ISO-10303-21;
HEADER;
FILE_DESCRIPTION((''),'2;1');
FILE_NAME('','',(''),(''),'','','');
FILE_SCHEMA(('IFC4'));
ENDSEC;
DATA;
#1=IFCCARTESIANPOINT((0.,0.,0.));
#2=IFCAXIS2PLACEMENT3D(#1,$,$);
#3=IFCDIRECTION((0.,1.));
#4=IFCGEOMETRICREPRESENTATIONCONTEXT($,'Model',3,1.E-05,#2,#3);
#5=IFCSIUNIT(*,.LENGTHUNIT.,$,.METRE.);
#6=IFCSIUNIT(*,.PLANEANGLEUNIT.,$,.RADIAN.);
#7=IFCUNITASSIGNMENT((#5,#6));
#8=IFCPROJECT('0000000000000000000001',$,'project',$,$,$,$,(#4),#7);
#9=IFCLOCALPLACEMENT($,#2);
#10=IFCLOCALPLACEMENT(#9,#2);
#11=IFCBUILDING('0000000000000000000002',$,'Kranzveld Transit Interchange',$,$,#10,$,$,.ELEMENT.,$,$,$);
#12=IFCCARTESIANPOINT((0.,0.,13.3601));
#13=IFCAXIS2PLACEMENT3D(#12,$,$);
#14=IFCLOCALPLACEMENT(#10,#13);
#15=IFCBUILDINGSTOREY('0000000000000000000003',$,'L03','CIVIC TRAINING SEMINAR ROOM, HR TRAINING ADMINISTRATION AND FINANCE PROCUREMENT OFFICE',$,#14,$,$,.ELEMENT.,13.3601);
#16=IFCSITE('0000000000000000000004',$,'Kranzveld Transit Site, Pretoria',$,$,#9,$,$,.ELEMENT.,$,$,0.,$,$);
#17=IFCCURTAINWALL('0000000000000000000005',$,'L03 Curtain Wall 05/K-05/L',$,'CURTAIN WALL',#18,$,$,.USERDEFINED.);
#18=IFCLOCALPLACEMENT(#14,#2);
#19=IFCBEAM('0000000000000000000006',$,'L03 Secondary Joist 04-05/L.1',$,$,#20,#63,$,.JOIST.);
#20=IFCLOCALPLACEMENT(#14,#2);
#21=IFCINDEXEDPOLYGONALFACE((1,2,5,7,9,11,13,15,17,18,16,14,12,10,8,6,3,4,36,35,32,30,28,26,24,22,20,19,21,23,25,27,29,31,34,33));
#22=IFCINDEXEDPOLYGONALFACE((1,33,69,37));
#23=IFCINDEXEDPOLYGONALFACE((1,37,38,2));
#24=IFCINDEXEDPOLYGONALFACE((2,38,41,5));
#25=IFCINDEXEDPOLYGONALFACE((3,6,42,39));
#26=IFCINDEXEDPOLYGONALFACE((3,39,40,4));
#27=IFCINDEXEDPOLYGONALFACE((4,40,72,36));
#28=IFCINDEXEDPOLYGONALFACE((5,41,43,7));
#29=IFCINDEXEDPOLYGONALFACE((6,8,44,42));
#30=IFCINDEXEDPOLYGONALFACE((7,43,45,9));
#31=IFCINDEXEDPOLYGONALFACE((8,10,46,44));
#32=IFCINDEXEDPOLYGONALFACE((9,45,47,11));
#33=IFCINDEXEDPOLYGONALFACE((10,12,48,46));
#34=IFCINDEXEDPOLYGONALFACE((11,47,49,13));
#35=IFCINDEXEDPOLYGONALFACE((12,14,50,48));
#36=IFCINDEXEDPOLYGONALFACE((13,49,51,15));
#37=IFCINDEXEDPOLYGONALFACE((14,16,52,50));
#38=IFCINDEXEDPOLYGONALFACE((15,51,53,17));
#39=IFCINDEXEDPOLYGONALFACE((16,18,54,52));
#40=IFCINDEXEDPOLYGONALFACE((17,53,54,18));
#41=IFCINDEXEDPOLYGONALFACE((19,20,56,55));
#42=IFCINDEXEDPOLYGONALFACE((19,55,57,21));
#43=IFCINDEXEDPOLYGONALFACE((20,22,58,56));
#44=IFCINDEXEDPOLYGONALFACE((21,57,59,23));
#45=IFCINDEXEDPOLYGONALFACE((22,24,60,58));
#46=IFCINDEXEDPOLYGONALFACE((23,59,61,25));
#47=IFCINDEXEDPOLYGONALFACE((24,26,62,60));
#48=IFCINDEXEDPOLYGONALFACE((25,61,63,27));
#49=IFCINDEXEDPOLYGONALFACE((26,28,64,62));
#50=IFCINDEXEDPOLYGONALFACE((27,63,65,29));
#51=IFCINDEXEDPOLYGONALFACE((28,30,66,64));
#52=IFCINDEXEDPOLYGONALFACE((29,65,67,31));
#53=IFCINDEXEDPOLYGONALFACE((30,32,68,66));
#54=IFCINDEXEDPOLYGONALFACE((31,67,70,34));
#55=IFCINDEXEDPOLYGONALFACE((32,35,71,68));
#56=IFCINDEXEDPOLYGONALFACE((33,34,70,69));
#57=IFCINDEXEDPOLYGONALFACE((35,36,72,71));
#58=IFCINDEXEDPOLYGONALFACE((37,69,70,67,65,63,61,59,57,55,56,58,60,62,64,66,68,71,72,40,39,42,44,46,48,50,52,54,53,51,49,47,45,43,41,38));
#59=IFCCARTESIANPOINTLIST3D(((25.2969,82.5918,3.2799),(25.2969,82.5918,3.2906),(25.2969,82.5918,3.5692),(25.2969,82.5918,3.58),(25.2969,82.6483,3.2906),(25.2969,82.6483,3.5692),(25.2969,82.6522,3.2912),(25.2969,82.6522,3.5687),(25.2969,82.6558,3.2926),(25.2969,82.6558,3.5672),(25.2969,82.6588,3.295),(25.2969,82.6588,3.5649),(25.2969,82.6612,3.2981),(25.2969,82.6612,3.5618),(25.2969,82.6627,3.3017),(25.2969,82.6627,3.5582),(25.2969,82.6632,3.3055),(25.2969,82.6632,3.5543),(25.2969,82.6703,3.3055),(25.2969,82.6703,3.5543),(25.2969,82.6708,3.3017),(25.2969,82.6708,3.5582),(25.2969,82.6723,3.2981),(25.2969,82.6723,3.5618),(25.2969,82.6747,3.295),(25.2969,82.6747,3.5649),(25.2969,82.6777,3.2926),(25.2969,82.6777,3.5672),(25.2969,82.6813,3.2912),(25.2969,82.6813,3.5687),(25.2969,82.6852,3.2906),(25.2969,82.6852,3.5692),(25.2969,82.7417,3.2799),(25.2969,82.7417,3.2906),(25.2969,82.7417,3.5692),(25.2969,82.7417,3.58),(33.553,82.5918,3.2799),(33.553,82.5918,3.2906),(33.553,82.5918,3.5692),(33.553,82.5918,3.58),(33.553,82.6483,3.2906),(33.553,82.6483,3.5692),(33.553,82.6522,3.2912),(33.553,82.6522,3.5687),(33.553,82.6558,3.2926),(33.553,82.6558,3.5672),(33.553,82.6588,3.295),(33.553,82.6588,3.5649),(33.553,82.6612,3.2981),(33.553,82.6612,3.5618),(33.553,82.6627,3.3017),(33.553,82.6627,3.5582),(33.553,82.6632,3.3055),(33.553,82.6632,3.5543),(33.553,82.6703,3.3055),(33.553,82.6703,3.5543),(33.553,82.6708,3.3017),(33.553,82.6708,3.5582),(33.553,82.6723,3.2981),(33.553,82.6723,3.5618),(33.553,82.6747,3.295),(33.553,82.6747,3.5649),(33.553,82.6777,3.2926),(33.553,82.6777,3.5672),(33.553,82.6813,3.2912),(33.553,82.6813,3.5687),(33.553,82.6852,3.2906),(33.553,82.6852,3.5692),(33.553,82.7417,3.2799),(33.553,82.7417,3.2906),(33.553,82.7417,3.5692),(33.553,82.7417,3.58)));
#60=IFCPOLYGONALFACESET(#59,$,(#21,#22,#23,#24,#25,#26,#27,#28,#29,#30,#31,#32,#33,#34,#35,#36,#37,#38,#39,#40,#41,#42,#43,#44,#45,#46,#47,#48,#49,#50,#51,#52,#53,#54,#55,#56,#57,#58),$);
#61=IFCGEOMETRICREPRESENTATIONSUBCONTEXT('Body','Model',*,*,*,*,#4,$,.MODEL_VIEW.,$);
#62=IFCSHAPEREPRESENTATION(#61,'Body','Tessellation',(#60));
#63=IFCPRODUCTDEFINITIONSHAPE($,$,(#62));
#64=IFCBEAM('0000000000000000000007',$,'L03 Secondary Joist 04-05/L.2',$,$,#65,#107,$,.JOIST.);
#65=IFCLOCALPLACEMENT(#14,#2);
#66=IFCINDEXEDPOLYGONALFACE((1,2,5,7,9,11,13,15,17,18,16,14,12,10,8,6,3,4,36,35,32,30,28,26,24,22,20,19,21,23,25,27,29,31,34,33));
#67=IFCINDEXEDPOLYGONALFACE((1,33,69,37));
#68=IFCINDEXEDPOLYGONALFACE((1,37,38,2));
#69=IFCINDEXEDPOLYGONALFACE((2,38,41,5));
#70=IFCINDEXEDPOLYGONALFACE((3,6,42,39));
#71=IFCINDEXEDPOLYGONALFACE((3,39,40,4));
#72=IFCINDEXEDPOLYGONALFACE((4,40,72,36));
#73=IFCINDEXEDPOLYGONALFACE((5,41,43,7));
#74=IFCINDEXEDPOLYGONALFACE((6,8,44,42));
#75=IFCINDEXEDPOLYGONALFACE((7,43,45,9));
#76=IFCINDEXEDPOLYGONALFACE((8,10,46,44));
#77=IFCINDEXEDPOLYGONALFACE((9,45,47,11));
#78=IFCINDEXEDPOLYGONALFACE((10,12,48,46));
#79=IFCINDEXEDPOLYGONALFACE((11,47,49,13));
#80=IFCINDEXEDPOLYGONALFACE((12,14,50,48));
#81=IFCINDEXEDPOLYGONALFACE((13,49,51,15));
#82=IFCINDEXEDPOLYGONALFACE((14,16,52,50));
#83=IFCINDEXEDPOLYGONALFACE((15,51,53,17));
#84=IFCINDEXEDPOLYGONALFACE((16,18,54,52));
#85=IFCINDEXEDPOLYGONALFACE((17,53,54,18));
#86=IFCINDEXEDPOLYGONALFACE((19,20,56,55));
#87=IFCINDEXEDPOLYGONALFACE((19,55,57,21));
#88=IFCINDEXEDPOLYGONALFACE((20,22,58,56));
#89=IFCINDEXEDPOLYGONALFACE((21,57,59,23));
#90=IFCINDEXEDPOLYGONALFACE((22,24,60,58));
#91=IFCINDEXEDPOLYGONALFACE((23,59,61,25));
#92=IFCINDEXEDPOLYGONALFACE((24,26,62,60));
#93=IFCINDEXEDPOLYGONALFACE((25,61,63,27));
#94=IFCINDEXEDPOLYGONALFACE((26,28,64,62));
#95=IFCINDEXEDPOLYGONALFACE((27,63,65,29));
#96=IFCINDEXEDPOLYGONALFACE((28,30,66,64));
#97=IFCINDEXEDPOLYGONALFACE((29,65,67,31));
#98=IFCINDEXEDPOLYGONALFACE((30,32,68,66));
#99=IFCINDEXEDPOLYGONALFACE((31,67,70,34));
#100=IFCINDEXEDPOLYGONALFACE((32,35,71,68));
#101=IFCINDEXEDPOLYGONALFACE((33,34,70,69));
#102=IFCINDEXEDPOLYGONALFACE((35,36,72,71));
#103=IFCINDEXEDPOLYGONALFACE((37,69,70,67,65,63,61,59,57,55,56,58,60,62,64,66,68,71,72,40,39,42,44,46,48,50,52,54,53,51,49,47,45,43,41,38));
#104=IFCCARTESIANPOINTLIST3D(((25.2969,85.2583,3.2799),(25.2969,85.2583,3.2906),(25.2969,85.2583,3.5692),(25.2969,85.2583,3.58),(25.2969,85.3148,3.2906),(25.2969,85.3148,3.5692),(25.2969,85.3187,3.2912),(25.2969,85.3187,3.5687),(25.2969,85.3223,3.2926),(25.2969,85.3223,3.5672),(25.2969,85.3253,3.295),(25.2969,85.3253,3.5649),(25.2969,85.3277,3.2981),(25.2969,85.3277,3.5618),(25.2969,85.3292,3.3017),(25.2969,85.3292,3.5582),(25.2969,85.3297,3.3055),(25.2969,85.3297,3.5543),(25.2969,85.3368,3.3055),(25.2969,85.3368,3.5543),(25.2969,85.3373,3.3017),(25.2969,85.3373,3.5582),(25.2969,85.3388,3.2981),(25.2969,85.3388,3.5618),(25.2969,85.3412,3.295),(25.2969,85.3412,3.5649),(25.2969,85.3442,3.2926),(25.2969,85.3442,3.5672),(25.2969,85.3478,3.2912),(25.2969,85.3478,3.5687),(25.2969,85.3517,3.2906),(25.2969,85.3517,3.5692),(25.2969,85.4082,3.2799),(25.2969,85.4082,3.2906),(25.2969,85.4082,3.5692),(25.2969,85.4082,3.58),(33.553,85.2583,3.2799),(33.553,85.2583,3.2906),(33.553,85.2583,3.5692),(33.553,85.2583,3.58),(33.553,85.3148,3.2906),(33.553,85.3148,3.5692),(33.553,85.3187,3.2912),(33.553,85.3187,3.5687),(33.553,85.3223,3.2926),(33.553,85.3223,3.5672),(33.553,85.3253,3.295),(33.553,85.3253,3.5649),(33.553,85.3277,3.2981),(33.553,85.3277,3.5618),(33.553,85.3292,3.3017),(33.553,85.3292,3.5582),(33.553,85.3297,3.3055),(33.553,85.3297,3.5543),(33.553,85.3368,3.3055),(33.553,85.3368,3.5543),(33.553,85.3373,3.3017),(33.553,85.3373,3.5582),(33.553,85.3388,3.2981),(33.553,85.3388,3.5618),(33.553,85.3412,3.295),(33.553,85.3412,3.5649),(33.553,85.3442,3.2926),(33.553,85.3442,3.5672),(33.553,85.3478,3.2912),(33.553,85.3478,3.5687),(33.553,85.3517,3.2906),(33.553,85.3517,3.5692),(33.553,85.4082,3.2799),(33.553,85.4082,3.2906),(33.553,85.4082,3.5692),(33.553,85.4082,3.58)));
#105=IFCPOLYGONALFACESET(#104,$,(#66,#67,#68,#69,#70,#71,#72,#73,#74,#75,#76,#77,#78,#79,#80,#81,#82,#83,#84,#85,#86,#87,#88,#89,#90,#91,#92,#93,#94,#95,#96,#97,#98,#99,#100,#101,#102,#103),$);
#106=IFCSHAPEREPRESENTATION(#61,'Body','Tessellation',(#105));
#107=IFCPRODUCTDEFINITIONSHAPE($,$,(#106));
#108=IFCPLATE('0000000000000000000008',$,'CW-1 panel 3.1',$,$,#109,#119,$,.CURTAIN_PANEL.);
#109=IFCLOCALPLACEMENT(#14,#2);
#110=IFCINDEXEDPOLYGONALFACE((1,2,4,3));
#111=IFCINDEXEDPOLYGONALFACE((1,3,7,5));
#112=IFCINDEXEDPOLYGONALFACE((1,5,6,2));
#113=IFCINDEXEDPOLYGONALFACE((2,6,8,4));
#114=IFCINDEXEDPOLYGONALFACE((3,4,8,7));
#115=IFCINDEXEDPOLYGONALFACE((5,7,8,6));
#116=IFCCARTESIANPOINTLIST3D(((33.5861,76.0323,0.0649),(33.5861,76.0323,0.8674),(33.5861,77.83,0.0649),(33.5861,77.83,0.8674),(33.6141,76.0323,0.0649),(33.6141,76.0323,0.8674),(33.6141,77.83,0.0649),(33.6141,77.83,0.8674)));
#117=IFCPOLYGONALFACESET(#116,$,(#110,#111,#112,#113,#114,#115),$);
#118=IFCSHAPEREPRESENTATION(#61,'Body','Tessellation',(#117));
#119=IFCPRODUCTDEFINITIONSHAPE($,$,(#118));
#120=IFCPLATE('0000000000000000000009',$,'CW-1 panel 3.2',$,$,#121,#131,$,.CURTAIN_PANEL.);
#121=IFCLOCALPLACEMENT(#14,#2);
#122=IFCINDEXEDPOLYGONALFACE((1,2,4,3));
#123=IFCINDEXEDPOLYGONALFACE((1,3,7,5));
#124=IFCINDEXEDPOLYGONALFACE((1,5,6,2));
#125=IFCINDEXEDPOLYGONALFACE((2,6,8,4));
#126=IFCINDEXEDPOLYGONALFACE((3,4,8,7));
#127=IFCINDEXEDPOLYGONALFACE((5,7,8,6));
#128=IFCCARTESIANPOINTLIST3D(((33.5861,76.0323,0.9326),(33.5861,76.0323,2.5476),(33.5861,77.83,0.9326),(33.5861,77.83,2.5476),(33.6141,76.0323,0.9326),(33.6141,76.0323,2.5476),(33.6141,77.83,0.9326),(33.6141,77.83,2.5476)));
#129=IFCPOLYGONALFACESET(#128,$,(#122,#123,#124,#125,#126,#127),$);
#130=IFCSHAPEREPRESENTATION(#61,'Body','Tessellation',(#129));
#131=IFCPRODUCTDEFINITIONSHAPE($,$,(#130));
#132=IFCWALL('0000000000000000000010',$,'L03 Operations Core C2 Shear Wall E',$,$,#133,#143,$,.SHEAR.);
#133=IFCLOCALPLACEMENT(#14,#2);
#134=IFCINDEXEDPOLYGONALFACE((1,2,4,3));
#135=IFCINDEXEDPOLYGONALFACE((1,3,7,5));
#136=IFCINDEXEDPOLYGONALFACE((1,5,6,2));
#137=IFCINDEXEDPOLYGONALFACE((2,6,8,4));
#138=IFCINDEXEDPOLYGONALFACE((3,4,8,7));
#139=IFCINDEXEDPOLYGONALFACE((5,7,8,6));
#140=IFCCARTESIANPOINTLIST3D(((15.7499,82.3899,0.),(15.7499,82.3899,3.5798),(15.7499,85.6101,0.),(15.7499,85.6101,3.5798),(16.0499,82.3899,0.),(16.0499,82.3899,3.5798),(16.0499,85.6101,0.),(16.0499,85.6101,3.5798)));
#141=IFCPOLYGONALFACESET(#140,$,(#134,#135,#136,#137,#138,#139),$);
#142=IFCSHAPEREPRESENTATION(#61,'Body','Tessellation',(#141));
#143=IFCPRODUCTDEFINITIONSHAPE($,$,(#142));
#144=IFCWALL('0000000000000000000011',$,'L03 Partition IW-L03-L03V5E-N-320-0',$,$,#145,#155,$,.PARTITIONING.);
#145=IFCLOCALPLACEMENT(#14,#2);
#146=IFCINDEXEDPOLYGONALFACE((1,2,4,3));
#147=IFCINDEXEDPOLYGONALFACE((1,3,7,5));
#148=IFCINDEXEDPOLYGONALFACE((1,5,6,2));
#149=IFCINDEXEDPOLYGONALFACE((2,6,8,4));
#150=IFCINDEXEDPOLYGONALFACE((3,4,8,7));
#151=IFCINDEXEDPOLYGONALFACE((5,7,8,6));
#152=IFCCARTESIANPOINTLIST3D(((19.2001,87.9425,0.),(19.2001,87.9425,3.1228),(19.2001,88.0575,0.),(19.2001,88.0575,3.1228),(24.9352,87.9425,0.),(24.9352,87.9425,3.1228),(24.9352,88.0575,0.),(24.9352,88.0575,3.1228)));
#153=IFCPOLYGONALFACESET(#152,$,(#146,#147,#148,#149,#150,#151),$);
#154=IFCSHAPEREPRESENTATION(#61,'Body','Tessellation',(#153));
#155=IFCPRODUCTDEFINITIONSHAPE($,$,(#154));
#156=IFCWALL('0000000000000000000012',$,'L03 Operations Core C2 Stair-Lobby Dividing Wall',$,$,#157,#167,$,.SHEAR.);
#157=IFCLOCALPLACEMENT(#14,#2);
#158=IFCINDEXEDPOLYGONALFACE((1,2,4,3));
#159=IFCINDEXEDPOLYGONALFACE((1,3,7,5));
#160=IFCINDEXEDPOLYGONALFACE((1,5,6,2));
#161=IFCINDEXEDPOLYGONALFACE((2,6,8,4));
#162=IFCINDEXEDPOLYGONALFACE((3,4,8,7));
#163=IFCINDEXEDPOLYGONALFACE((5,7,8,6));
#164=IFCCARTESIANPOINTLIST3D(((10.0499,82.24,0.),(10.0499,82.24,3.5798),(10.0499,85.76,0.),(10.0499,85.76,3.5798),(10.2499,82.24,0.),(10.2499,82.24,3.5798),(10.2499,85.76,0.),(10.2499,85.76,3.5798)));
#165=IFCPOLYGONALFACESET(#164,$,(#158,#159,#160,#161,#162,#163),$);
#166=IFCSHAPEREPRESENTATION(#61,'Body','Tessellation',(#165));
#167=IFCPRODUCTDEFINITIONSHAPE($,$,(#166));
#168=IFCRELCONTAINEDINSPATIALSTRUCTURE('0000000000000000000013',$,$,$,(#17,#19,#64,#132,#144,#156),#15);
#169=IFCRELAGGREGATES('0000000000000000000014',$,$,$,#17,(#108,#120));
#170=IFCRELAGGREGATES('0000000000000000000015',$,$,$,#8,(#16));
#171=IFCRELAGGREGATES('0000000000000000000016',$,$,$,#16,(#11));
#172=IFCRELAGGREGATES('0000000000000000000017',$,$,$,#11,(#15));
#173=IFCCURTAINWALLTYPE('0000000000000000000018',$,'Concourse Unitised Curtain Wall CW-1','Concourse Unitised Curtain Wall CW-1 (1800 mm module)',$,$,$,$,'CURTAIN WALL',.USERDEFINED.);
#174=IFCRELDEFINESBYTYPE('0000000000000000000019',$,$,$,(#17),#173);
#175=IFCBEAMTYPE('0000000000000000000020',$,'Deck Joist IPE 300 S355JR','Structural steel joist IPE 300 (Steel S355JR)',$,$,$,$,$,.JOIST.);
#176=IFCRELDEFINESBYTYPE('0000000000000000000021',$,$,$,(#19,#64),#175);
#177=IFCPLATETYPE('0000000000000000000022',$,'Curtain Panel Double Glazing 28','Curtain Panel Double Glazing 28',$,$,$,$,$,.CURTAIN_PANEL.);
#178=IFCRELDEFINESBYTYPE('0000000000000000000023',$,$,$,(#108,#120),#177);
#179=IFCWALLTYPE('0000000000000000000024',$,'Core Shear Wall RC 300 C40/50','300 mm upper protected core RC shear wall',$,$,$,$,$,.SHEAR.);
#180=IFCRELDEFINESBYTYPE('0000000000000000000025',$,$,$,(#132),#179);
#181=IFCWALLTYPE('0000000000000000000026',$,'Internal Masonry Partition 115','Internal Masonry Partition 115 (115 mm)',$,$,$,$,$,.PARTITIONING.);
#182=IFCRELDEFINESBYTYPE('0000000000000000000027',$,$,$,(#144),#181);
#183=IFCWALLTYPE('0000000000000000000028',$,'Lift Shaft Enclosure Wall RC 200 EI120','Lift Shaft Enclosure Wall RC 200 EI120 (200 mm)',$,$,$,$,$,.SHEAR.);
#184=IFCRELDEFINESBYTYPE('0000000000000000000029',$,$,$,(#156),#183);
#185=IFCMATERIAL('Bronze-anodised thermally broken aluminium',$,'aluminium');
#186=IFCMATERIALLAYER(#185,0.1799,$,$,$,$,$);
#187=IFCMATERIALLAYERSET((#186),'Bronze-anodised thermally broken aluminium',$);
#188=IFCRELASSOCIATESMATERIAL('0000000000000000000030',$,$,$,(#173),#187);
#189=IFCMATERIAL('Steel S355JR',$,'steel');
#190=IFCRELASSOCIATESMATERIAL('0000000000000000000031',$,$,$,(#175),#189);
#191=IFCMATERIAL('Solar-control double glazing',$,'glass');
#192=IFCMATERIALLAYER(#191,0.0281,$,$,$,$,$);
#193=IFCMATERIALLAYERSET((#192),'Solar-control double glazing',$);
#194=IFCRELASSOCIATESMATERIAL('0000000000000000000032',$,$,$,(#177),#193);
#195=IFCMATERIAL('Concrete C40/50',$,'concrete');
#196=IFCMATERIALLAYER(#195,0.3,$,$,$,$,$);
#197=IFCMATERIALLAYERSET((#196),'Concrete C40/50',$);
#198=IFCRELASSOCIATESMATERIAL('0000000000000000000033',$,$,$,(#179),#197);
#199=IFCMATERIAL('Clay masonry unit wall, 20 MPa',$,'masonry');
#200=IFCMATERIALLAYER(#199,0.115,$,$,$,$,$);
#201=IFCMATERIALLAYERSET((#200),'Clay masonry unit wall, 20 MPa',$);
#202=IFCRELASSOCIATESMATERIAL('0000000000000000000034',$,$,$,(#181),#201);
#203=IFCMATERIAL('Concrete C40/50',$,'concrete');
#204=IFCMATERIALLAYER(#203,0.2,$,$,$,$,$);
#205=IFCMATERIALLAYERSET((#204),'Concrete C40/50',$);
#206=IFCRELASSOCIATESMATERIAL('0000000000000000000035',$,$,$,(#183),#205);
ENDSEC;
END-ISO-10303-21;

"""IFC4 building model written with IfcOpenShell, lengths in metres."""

from ifc_helpers import new_model, si_unit, direction, frame, frame_2d, origin, origin_2d, place, context, subcontext, project, spatial, rectangle, i_section, extrude, material, layer, layer_set, material_profile, profile_set, type_object, element, aggregate, save


model = new_model("IFC4")

# Units and contexts
model_context = context("Model", 3, precision=1e-05, world=origin(), true_north=direction((0.0, 1.0)))
body_context = subcontext(model_context, "Body", "Model", "MODEL_VIEW")
ifc_project = project(units=[si_unit("LENGTHUNIT", "METRE"), si_unit("PLANEANGLEUNIT", "RADIAN")], contexts=[model_context])

# Site, building, storey
site_placement = place(None, origin())
site = spatial("IfcSite", under=ifc_project, at=site_placement, Name="Kranzveld Transit Site, Pretoria", CompositionType="ELEMENT", RefElevation=0.0)
building_placement = place(site_placement, origin())
building = spatial("IfcBuilding", under=site, at=building_placement, Name="Kranzveld Transit Interchange", CompositionType="ELEMENT")
storey_placement = place(building_placement, frame((0.0, 0.0, 13.3601)))
storey = spatial("IfcBuildingStorey", under=building, at=storey_placement, Name="L03", Description="CIVIC TRAINING SEMINAR ROOM, HR TRAINING ADMINISTRATION AND FINANCE PROCUREMENT OFFICE", CompositionType="ELEMENT", Elevation=13.3601)

# Curtain wall
ifc_material_1 = material(Name="Bronze-anodised thermally broken aluminium", Category="aluminium")
ifc_layer_1 = layer(ifc_material_1, 0.1799)
ifc_layer_set_1 = layer_set([ifc_layer_1], Name="Bronze-anodised thermally broken aluminium")
curtain_wall_type = type_object("IfcCurtainWallType", Name="Concourse Unitised Curtain Wall CW-1", Description="Concourse Unitised Curtain Wall CW-1 (1800 mm module)", ElementType="CURTAIN WALL", PredefinedType="USERDEFINED", material=ifc_layer_set_1)
curtain_wall_placement = place(storey_placement, origin())
curtain_wall = element("IfcCurtainWall", 1, at=curtain_wall_placement, inside=storey, type_object=curtain_wall_type, Name="L03 Curtain Wall 05/K-05/L", ObjectType="CURTAIN WALL", PredefinedType="USERDEFINED")

# Beams
ifc_material_2 = material(Name="Steel S355JR", Category="steel")
ifc_material_profile_1 = material_profile(ifc_material_2, i_section(OverallWidth=0.1499, OverallDepth=0.3, WebThickness=0.0071, FlangeThickness=0.0107, FilletRadius=0.0149, at=origin_2d()), Name="IPE 300")
ifc_profile_set_1 = profile_set([ifc_material_profile_1], Name="Steel S355JR")
beam_type_1 = type_object("IfcBeamType", Name="Deck Joist IPE 300 S355JR", Description="Structural steel joist IPE 300 (Steel S355JR)", PredefinedType="JOIST", material=ifc_profile_set_1)
for number, where, z_axis, x_axis, name in (
    (2, (25.2969, 82.6667, 3.4299), (1.0, 0.0, 0.0), (0.0, 1.0, 0.0), "L03 Secondary Joist 04-05/L.1"),
    (3, (25.2969, 85.3333, 3.4299), (1.0, 0.0, 0.0), (0.0, 1.0, 0.0), "L03 Secondary Joist 04-05/L.2"),
):
    element("IfcBeam", number, at=place(storey_placement, frame(where, z_axis=z_axis, x_axis=x_axis)), inside=storey, type_object=beam_type_1, Name=name, PredefinedType="JOIST", context=body_context, shape_type="SweptSolid", body=[
        extrude(i_section(OverallWidth=0.1499, OverallDepth=0.3, WebThickness=0.0071, FlangeThickness=0.0107, FilletRadius=0.0149, at=origin_2d()), origin(), (0.0, 0.0, 1.0), 8.2561),
    ])

# Plates
ifc_material_3 = material(Name="Solar-control double glazing", Category="glass")
ifc_layer_2 = layer(ifc_material_3, 0.0281)
ifc_layer_set_2 = layer_set([ifc_layer_2], Name="Solar-control double glazing")
plate_type = type_object("IfcPlateType", Name="Curtain Panel Double Glazing 28", Description="Curtain Panel Double Glazing 28", PredefinedType="CURTAIN_PANEL", material=ifc_layer_set_2)
plate_1_placement = place(storey_placement, frame((33.6001, 76.9312, 0.0649), z_axis=(0.0, 0.0, 1.0), x_axis=(0.0, 1.0, 0.0)))
plate_1 = element("IfcPlate", 4, at=plate_1_placement, type_object=plate_type, Name="CW-1 panel 3.1", PredefinedType="CURTAIN_PANEL", context=body_context, shape_type="SweptSolid", body=[
    extrude(rectangle(XDim=1.7976, YDim=0.0281, at=origin_2d()), origin(), (0.0, 0.0, 1.0), 0.8025),
])
plate_2_placement = place(storey_placement, frame((33.6001, 76.9312, 0.9326), z_axis=(0.0, 0.0, 1.0), x_axis=(0.0, 1.0, 0.0)))
plate_2 = element("IfcPlate", 5, at=plate_2_placement, type_object=plate_type, Name="CW-1 panel 3.2", PredefinedType="CURTAIN_PANEL", context=body_context, shape_type="SweptSolid", body=[
    extrude(rectangle(XDim=1.7976, YDim=0.0281, at=origin_2d()), origin(), (0.0, 0.0, 1.0), 1.615),
])
aggregate(curtain_wall, [plate_1, plate_2])

# Walls
ifc_material_4 = material(Name="Concrete C40/50", Category="concrete")
ifc_layer_3 = layer(ifc_material_4, 0.3)
ifc_layer_set_3 = layer_set([ifc_layer_3], Name="Concrete C40/50")
wall_type_1 = type_object("IfcWallType", Name="Core Shear Wall RC 300 C40/50", Description="300 mm upper protected core RC shear wall", PredefinedType="SHEAR", material=ifc_layer_set_3)
wall_1_placement = place(storey_placement, frame((15.8999, 82.3899, 0.0), z_axis=(0.0, 0.0, 1.0), x_axis=(0.0, 1.0, 0.0)))
element("IfcWall", 6, at=wall_1_placement, inside=storey, type_object=wall_type_1, Name="L03 Operations Core C2 Shear Wall E", PredefinedType="SHEAR", context=body_context, shape_type="SweptSolid", body=[
    extrude(rectangle(XDim=3.2202, YDim=0.3, at=frame_2d((1.6101, 0.0))), origin(), (0.0, 0.0, 1.0), 3.5798),
])
ifc_material_5 = material(Name="Clay masonry unit wall, 20 MPa", Category="masonry")
ifc_layer_4 = layer(ifc_material_5, 0.115)
ifc_layer_set_4 = layer_set([ifc_layer_4], Name="Clay masonry unit wall, 20 MPa")
wall_type_2 = type_object("IfcWallType", Name="Internal Masonry Partition 115", Description="Internal Masonry Partition 115 (115 mm)", PredefinedType="PARTITIONING", material=ifc_layer_set_4)
wall_2_placement = place(storey_placement, frame((19.2, 88.0, 0.0), z_axis=(0.0, 0.0, 1.0), x_axis=(1.0, 0.0, 0.0)))
element("IfcWall", 7, at=wall_2_placement, inside=storey, type_object=wall_type_2, Name="L03 Partition IW-L03-L03V5E-N-320-0", PredefinedType="PARTITIONING", context=body_context, shape_type="SweptSolid", body=[
    extrude(rectangle(XDim=5.7351, YDim=0.115, at=frame_2d((2.8677, 0.0))), origin(), (0.0, 0.0, 1.0), 3.1228),
])
ifc_material_6 = material(Name="Concrete C40/50", Category="concrete")
ifc_layer_5 = layer(ifc_material_6, 0.2)
ifc_layer_set_5 = layer_set([ifc_layer_5], Name="Concrete C40/50")
wall_type_3 = type_object("IfcWallType", Name="Lift Shaft Enclosure Wall RC 200 EI120", Description="Lift Shaft Enclosure Wall RC 200 EI120 (200 mm)", PredefinedType="SHEAR", material=ifc_layer_set_5)
wall_3_placement = place(storey_placement, frame((10.1499, 82.24, 0.0), z_axis=(0.0, 0.0, 1.0), x_axis=(0.0, 1.0, 0.0)))
element("IfcWall", 8, at=wall_3_placement, inside=storey, type_object=wall_type_3, Name="L03 Operations Core C2 Stair-Lobby Dividing Wall", PredefinedType="SHEAR", context=body_context, shape_type="SweptSolid", body=[
    extrude(rectangle(XDim=3.52, YDim=0.2, at=frame_2d((1.76, 0.0))), origin(), (0.0, 0.0, 1.0), 3.5798),
])

save(model, "model.ifc")
